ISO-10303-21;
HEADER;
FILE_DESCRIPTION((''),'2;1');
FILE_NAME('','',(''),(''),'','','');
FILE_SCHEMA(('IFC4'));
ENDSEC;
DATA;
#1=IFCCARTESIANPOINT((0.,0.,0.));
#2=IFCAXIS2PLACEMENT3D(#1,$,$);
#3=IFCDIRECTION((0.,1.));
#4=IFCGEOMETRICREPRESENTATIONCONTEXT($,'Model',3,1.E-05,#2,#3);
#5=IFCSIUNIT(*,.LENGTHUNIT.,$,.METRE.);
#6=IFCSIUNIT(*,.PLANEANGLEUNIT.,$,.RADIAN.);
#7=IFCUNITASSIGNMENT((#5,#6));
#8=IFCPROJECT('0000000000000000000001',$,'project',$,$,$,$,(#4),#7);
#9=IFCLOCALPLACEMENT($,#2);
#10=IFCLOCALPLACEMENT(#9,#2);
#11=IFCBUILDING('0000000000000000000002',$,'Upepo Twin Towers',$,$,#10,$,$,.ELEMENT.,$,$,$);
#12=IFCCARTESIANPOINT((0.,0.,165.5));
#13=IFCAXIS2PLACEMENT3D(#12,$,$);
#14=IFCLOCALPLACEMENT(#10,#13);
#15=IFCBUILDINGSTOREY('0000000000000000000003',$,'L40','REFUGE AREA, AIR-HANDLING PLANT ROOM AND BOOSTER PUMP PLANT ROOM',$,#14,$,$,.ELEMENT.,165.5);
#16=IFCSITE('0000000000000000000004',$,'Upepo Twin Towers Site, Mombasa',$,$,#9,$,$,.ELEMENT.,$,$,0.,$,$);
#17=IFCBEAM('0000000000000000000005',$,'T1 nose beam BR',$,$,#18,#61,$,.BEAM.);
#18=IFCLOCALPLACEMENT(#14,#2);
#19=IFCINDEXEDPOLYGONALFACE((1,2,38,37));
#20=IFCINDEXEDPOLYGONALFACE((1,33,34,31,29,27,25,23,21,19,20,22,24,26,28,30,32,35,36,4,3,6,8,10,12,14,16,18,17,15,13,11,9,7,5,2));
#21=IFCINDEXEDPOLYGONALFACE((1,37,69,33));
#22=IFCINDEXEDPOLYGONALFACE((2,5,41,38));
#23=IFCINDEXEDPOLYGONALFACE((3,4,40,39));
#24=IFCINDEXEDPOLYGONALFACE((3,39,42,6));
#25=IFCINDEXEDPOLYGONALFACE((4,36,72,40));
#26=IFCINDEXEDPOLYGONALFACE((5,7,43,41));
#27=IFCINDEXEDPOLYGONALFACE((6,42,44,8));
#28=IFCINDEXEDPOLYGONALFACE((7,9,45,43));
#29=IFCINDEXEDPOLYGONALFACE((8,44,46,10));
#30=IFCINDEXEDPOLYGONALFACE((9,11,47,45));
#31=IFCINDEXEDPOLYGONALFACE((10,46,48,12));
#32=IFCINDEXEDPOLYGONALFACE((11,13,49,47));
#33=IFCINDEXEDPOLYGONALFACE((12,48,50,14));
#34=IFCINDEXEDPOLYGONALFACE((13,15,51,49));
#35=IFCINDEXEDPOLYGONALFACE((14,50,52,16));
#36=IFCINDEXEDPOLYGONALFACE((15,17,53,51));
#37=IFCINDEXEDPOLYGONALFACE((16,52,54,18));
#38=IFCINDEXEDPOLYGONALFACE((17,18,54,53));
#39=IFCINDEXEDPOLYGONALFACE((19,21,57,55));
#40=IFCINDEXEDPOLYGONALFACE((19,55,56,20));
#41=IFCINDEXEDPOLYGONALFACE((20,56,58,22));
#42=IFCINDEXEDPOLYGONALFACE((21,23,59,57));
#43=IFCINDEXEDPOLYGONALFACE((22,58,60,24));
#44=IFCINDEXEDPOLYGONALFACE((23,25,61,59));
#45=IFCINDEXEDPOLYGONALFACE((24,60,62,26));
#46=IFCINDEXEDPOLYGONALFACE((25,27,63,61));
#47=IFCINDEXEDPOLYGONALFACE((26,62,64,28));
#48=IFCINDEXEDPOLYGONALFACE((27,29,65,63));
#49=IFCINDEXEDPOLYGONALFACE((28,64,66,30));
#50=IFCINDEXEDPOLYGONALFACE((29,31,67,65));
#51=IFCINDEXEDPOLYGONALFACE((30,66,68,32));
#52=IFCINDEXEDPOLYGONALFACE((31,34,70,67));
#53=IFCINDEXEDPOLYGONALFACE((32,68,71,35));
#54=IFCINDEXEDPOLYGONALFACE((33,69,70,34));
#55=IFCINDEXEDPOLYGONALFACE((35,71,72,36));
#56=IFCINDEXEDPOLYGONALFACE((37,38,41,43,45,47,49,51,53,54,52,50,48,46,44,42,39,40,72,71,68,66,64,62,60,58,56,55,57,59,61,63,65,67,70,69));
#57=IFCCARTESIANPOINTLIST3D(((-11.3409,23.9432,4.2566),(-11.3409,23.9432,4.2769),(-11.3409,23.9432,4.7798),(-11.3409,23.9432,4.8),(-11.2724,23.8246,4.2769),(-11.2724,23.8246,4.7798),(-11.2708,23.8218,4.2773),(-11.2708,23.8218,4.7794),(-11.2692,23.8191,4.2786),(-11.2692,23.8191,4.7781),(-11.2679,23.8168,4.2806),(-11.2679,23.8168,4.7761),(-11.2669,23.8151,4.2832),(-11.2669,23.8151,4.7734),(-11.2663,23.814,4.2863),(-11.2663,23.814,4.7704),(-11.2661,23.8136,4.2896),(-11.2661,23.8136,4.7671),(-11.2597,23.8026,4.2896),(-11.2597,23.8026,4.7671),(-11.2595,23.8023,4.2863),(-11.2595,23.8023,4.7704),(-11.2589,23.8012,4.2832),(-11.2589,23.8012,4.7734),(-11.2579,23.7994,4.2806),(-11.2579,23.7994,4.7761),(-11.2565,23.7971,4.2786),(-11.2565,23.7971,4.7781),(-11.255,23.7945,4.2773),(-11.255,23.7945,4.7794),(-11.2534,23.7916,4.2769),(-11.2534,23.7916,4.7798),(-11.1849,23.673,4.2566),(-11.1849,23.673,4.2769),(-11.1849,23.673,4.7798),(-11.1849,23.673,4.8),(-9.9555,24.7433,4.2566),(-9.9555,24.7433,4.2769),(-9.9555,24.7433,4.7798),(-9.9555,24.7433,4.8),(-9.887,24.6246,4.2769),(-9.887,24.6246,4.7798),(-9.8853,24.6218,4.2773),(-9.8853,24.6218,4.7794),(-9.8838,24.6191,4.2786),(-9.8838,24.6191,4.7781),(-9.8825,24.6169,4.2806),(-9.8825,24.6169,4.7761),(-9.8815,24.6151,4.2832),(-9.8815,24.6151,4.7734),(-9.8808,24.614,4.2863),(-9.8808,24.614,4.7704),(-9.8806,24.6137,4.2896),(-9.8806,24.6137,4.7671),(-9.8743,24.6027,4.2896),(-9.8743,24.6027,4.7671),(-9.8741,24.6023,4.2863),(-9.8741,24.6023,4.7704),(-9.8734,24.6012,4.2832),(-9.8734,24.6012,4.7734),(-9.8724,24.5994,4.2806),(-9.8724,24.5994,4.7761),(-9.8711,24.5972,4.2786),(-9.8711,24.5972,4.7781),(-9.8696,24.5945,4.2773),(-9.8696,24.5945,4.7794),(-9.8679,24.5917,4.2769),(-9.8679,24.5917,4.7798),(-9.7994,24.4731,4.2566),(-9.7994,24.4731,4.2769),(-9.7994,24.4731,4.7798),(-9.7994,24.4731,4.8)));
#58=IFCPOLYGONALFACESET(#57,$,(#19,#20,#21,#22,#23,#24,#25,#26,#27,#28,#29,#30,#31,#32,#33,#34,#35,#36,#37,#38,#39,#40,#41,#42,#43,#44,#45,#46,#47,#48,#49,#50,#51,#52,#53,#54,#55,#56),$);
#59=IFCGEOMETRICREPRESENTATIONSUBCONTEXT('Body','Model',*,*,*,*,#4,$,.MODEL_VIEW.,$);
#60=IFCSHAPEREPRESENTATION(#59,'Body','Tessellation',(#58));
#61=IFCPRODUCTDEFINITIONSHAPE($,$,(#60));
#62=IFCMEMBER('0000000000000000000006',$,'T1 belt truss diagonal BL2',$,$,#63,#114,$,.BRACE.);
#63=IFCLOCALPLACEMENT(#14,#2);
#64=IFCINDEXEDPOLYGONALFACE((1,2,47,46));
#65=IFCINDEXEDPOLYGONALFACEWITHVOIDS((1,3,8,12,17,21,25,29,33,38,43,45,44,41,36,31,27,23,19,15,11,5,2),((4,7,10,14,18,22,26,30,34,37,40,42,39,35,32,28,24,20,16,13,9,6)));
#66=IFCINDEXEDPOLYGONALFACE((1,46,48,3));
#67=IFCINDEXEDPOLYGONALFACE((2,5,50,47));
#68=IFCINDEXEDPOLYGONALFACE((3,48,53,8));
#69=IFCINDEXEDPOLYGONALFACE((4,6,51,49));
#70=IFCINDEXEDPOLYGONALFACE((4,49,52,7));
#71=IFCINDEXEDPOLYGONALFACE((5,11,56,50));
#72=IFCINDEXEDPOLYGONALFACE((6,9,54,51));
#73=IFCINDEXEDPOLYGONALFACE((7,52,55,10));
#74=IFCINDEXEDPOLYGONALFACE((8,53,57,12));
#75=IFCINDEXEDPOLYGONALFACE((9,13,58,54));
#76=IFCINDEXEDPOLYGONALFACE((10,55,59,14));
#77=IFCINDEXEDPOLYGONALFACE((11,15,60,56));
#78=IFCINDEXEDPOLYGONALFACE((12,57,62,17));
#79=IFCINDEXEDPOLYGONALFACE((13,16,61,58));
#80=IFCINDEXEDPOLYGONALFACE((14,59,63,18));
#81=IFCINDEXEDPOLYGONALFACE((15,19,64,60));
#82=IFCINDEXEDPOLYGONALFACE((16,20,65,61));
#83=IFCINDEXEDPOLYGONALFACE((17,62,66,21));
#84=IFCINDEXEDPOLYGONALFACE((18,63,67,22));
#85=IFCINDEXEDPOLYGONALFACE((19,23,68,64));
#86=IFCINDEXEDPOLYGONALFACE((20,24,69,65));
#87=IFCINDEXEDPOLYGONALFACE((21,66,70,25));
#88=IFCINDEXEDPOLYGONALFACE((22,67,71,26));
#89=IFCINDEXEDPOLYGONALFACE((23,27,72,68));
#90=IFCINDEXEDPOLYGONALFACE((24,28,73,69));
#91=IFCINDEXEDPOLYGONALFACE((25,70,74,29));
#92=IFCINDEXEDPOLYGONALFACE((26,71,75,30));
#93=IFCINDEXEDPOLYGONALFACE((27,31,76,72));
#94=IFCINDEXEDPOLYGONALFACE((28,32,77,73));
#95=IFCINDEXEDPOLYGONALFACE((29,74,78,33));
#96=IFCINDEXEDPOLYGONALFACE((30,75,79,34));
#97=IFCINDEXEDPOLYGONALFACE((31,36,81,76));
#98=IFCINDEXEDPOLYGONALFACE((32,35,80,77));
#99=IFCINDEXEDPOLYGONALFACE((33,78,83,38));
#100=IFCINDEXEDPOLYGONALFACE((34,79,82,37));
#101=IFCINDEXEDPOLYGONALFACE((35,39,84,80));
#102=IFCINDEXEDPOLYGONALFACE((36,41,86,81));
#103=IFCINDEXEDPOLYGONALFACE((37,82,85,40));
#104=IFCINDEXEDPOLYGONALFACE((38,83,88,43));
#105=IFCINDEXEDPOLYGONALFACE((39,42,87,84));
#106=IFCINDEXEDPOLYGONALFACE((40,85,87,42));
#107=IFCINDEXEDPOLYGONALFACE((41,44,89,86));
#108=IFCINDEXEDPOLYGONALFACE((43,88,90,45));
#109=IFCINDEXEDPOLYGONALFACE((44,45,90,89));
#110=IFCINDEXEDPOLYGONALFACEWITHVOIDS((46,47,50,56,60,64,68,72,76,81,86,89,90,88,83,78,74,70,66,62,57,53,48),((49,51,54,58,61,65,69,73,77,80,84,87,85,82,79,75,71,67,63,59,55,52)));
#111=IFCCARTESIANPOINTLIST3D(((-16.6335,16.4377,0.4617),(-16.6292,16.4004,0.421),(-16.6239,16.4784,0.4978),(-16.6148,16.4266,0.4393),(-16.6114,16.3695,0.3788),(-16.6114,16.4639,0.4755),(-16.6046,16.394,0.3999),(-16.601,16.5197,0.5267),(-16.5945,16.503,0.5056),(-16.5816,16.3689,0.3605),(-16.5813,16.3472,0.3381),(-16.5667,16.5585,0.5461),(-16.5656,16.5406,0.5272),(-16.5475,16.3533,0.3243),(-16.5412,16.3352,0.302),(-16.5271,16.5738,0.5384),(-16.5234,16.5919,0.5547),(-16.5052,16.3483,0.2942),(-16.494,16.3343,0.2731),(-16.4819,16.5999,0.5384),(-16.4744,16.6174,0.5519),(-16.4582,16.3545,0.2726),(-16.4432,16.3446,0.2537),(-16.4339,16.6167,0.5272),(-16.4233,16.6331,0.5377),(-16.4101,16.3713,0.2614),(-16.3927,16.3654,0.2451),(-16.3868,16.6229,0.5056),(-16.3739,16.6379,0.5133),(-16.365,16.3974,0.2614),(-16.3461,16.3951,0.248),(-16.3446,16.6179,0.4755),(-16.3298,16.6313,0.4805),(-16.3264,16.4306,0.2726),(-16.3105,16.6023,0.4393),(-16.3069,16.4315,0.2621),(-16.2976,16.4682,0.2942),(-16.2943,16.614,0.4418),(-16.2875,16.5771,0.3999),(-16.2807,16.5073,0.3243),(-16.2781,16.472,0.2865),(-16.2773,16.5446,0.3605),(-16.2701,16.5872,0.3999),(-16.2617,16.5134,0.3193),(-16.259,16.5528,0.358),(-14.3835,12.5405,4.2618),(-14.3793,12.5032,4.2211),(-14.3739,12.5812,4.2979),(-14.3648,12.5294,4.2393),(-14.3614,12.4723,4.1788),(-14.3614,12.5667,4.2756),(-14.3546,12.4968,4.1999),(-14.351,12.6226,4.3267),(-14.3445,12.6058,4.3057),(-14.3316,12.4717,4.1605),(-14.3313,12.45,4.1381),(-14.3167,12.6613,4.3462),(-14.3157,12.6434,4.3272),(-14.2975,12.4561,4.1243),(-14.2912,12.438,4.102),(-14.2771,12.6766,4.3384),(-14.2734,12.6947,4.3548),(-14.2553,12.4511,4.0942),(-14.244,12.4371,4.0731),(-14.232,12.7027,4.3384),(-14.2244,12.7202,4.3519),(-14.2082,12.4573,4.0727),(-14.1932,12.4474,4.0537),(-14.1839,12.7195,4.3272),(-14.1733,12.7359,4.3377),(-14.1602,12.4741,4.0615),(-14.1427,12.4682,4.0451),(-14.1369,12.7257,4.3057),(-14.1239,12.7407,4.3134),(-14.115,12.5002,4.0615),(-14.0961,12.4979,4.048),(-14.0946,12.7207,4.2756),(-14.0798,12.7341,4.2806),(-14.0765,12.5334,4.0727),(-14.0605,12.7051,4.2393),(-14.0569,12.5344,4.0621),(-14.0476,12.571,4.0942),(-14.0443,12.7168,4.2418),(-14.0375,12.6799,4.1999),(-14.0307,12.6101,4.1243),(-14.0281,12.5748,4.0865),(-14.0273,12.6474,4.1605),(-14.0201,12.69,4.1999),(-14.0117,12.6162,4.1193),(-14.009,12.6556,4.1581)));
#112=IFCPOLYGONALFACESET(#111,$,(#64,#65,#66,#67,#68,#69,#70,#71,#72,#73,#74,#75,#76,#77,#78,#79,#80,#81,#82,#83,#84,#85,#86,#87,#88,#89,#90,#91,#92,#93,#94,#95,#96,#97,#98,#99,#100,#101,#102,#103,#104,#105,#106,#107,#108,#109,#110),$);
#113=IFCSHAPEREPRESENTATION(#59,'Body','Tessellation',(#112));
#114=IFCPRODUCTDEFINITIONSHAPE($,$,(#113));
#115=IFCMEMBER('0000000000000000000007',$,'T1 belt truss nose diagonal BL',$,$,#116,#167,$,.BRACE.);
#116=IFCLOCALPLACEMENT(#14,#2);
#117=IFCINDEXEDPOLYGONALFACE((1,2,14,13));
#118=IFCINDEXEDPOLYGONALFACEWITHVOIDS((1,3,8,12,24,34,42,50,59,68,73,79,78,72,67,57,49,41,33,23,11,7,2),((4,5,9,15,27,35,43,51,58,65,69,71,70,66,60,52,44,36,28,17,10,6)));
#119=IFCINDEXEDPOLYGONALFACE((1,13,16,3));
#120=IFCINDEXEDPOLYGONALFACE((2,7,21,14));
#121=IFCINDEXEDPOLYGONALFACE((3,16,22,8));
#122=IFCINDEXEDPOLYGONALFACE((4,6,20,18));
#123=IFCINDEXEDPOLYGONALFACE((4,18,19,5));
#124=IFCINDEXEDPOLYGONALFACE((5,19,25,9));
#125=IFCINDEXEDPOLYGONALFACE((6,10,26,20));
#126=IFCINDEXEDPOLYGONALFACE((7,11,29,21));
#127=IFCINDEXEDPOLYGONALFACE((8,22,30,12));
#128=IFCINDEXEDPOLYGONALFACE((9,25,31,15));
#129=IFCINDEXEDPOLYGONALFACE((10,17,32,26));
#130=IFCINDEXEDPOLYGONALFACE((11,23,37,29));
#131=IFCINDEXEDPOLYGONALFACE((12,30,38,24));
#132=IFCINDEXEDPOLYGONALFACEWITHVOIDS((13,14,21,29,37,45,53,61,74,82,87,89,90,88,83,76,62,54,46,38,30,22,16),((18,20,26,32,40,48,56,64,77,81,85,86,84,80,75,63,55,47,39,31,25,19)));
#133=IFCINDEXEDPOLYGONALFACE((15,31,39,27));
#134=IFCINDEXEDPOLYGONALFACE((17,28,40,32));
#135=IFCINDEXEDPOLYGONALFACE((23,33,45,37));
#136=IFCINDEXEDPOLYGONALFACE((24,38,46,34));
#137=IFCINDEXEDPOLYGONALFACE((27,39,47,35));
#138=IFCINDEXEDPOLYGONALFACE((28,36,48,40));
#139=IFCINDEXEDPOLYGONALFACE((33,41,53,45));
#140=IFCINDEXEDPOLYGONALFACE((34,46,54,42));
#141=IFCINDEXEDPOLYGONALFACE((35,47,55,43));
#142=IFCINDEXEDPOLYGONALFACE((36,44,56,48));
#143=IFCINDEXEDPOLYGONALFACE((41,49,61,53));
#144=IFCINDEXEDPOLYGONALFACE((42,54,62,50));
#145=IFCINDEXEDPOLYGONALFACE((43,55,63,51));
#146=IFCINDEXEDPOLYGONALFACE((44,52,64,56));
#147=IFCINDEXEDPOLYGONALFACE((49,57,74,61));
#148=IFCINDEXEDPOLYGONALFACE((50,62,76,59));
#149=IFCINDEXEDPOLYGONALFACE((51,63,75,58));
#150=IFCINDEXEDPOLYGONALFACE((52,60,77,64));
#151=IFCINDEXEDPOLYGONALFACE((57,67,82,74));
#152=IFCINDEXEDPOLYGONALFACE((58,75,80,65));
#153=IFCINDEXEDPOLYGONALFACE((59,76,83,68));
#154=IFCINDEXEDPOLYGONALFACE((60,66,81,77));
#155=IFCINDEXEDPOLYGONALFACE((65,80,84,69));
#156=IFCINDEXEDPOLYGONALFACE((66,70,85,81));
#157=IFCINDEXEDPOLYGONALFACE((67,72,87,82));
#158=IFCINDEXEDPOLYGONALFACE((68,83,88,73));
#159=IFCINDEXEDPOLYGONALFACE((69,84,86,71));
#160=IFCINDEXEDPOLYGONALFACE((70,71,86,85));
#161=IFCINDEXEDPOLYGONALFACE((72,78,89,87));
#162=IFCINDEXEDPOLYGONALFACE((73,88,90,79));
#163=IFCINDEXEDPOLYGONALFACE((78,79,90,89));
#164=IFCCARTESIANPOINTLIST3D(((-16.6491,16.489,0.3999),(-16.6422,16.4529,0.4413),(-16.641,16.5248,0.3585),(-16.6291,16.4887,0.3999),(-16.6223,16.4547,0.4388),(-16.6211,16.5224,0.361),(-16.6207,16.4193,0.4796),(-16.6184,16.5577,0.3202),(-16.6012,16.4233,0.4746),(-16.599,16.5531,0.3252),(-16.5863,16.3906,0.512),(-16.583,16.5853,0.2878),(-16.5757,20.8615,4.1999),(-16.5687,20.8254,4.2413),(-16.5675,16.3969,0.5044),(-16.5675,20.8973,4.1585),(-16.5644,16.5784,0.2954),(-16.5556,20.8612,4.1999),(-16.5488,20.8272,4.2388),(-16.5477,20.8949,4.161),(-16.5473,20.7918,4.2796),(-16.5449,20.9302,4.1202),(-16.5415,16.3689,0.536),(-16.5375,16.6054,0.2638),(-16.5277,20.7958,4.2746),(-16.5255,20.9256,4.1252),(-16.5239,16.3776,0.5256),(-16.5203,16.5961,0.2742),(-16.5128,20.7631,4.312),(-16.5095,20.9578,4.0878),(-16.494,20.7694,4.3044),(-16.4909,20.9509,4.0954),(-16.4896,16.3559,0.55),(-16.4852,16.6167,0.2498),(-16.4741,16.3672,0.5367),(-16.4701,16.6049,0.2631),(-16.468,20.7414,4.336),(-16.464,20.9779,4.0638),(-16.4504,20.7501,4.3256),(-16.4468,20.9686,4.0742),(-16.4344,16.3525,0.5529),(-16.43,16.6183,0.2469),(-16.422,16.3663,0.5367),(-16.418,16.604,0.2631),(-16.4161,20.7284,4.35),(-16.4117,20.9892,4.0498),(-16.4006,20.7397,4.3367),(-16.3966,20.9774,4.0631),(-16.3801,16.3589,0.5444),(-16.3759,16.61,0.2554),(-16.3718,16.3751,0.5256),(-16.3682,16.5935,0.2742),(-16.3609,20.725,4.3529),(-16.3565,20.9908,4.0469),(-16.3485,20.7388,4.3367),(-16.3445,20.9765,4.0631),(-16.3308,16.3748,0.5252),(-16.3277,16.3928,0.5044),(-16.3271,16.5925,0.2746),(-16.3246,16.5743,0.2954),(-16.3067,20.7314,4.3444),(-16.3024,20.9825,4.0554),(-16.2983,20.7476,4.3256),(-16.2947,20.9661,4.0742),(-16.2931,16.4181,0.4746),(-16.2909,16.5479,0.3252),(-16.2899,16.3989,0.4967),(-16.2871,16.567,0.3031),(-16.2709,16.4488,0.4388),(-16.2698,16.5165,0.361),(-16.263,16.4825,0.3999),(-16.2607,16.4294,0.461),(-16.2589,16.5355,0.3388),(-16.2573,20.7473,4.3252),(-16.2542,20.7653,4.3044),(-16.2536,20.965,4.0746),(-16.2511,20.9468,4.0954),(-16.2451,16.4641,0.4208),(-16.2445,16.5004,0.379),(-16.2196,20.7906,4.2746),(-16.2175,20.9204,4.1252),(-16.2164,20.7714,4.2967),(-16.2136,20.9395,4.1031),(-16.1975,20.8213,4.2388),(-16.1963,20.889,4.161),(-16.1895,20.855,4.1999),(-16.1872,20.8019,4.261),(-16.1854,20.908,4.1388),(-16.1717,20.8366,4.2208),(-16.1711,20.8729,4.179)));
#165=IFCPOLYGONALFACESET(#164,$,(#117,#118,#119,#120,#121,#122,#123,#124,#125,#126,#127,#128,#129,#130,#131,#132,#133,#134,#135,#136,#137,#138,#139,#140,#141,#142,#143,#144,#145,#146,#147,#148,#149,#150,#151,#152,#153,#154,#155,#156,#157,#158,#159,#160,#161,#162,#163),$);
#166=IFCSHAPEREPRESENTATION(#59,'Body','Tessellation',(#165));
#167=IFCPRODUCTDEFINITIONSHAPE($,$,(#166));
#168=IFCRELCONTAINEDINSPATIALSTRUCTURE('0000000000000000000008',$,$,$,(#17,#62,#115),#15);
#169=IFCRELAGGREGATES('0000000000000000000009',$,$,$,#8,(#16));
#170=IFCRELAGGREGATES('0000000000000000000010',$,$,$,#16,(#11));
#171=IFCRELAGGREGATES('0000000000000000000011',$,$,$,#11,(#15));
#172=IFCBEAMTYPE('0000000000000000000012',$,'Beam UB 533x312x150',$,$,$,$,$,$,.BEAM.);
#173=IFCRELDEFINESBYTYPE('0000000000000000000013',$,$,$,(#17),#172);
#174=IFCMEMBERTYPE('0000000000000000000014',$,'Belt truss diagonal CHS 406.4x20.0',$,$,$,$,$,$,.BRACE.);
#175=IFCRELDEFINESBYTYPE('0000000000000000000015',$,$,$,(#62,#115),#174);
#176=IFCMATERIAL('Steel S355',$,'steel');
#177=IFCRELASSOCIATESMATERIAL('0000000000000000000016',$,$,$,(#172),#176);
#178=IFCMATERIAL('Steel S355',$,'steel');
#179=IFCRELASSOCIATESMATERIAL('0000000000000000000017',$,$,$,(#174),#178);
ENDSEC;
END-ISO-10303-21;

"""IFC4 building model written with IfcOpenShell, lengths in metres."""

from ifc_helpers import new_model, si_unit, direction, frame, origin, origin_2d, place, context, subcontext, project, spatial, hollow_circle, i_section, extrude, material, material_profile, profile_set, type_object, element, save


model = new_model("IFC4")

# Units and contexts
model_context = context("Model", 3, precision=1e-05, world=origin(), true_north=direction((0.0, 1.0)))
body_context = subcontext(model_context, "Body", "Model", "MODEL_VIEW")
ifc_project = project(units=[si_unit("LENGTHUNIT", "METRE"), si_unit("PLANEANGLEUNIT", "RADIAN")], contexts=[model_context])

# Site, building, storey
site_placement = place(None, origin())
site = spatial("IfcSite", under=ifc_project, at=site_placement, Name="Upepo Twin Towers Site, Mombasa", CompositionType="ELEMENT", RefElevation=0.0)
building_placement = place(site_placement, origin())
building = spatial("IfcBuilding", under=site, at=building_placement, Name="Upepo Twin Towers", CompositionType="ELEMENT")
storey_placement = place(building_placement, frame((0.0, 0.0, 165.5)))
storey = spatial("IfcBuildingStorey", under=building, at=storey_placement, Name="L40", Description="REFUGE AREA, AIR-HANDLING PLANT ROOM AND BOOSTER PUMP PLANT ROOM", CompositionType="ELEMENT", Elevation=165.5)

# Beam
ifc_material_1 = material(Name="Steel S355", Category="steel")
ifc_material_profile_1 = material_profile(ifc_material_1, i_section(OverallWidth=0.312, OverallDepth=0.5435, WebThickness=0.0127, FlangeThickness=0.0203, FilletRadius=0.0127, at=origin_2d()), Name="UB 533x312x150")
ifc_profile_set_1 = profile_set([ifc_material_profile_1], Name="Steel S355")
beam_type_1 = type_object("IfcBeamType", Name="Beam UB 533x312x150", PredefinedType="BEAM", material=ifc_profile_set_1)
for number, where, z_axis, x_axis, name in (
    (1, (-9.8774, 24.6082, 4.5283), (-0.86599, -0.500061, 0.0), (0.500061, -0.86599, 0.0), "T1 nose beam BR"),
):
    element("IfcBeam", number, at=place(storey_placement, frame(where, z_axis=z_axis, x_axis=x_axis)), inside=storey, type_object=beam_type_1, Name=name, PredefinedType="BEAM", context=body_context, shape_type="SweptSolid", body=[
        extrude(i_section(OverallWidth=0.312, OverallDepth=0.5435, WebThickness=0.0127, FlangeThickness=0.0203, FilletRadius=0.0127, at=origin_2d()), origin(), (0.0, 0.0, 1.0), 1.5999),
    ])

# Members
ifc_material_2 = material(Name="Steel S355", Category="steel")
ifc_material_profile_2 = material_profile(ifc_material_2, hollow_circle(Radius=0.2031, WallThickness=0.02, at=origin_2d()), Name="CHS 406.4x20.0")
ifc_profile_set_2 = profile_set([ifc_material_profile_2], Name="Steel S355")
member_type = type_object("IfcMemberType", Name="Belt truss diagonal CHS 406.4x20.0", PredefinedType="BRACE", material=ifc_profile_set_2)
member_1_placement = place(storey_placement, frame((-16.446, 16.4856, 0.3999), z_axis=(0.382009, -0.661676, 0.645178), x_axis=(0.866031, 0.49999, 0.0)))
element("IfcMember", 2, at=member_1_placement, inside=storey, type_object=member_type, Name="T1 belt truss diagonal BL2", PredefinedType="BRACE", context=body_context, shape_type="SweptSolid", body=[
    extrude(hollow_circle(Radius=0.2031, WallThickness=0.02, at=origin_2d()), origin(), (0.0, 0.0, 1.0), 5.8899),
])
member_2_placement = place(storey_placement, frame((-16.446, 16.4856, 0.3999), z_axis=(0.012684, 0.754731, 0.655912), x_axis=(-0.999859, 0.016804, 0.0)))
element("IfcMember", 3, at=member_2_placement, inside=storey, type_object=member_type, Name="T1 belt truss nose diagonal BL", PredefinedType="BRACE", context=body_context, shape_type="SweptSolid", body=[
    extrude(hollow_circle(Radius=0.2031, WallThickness=0.02, at=origin_2d()), origin(), (0.0, 0.0, 1.0), 5.7935),
])

save(model, "model.ifc")
